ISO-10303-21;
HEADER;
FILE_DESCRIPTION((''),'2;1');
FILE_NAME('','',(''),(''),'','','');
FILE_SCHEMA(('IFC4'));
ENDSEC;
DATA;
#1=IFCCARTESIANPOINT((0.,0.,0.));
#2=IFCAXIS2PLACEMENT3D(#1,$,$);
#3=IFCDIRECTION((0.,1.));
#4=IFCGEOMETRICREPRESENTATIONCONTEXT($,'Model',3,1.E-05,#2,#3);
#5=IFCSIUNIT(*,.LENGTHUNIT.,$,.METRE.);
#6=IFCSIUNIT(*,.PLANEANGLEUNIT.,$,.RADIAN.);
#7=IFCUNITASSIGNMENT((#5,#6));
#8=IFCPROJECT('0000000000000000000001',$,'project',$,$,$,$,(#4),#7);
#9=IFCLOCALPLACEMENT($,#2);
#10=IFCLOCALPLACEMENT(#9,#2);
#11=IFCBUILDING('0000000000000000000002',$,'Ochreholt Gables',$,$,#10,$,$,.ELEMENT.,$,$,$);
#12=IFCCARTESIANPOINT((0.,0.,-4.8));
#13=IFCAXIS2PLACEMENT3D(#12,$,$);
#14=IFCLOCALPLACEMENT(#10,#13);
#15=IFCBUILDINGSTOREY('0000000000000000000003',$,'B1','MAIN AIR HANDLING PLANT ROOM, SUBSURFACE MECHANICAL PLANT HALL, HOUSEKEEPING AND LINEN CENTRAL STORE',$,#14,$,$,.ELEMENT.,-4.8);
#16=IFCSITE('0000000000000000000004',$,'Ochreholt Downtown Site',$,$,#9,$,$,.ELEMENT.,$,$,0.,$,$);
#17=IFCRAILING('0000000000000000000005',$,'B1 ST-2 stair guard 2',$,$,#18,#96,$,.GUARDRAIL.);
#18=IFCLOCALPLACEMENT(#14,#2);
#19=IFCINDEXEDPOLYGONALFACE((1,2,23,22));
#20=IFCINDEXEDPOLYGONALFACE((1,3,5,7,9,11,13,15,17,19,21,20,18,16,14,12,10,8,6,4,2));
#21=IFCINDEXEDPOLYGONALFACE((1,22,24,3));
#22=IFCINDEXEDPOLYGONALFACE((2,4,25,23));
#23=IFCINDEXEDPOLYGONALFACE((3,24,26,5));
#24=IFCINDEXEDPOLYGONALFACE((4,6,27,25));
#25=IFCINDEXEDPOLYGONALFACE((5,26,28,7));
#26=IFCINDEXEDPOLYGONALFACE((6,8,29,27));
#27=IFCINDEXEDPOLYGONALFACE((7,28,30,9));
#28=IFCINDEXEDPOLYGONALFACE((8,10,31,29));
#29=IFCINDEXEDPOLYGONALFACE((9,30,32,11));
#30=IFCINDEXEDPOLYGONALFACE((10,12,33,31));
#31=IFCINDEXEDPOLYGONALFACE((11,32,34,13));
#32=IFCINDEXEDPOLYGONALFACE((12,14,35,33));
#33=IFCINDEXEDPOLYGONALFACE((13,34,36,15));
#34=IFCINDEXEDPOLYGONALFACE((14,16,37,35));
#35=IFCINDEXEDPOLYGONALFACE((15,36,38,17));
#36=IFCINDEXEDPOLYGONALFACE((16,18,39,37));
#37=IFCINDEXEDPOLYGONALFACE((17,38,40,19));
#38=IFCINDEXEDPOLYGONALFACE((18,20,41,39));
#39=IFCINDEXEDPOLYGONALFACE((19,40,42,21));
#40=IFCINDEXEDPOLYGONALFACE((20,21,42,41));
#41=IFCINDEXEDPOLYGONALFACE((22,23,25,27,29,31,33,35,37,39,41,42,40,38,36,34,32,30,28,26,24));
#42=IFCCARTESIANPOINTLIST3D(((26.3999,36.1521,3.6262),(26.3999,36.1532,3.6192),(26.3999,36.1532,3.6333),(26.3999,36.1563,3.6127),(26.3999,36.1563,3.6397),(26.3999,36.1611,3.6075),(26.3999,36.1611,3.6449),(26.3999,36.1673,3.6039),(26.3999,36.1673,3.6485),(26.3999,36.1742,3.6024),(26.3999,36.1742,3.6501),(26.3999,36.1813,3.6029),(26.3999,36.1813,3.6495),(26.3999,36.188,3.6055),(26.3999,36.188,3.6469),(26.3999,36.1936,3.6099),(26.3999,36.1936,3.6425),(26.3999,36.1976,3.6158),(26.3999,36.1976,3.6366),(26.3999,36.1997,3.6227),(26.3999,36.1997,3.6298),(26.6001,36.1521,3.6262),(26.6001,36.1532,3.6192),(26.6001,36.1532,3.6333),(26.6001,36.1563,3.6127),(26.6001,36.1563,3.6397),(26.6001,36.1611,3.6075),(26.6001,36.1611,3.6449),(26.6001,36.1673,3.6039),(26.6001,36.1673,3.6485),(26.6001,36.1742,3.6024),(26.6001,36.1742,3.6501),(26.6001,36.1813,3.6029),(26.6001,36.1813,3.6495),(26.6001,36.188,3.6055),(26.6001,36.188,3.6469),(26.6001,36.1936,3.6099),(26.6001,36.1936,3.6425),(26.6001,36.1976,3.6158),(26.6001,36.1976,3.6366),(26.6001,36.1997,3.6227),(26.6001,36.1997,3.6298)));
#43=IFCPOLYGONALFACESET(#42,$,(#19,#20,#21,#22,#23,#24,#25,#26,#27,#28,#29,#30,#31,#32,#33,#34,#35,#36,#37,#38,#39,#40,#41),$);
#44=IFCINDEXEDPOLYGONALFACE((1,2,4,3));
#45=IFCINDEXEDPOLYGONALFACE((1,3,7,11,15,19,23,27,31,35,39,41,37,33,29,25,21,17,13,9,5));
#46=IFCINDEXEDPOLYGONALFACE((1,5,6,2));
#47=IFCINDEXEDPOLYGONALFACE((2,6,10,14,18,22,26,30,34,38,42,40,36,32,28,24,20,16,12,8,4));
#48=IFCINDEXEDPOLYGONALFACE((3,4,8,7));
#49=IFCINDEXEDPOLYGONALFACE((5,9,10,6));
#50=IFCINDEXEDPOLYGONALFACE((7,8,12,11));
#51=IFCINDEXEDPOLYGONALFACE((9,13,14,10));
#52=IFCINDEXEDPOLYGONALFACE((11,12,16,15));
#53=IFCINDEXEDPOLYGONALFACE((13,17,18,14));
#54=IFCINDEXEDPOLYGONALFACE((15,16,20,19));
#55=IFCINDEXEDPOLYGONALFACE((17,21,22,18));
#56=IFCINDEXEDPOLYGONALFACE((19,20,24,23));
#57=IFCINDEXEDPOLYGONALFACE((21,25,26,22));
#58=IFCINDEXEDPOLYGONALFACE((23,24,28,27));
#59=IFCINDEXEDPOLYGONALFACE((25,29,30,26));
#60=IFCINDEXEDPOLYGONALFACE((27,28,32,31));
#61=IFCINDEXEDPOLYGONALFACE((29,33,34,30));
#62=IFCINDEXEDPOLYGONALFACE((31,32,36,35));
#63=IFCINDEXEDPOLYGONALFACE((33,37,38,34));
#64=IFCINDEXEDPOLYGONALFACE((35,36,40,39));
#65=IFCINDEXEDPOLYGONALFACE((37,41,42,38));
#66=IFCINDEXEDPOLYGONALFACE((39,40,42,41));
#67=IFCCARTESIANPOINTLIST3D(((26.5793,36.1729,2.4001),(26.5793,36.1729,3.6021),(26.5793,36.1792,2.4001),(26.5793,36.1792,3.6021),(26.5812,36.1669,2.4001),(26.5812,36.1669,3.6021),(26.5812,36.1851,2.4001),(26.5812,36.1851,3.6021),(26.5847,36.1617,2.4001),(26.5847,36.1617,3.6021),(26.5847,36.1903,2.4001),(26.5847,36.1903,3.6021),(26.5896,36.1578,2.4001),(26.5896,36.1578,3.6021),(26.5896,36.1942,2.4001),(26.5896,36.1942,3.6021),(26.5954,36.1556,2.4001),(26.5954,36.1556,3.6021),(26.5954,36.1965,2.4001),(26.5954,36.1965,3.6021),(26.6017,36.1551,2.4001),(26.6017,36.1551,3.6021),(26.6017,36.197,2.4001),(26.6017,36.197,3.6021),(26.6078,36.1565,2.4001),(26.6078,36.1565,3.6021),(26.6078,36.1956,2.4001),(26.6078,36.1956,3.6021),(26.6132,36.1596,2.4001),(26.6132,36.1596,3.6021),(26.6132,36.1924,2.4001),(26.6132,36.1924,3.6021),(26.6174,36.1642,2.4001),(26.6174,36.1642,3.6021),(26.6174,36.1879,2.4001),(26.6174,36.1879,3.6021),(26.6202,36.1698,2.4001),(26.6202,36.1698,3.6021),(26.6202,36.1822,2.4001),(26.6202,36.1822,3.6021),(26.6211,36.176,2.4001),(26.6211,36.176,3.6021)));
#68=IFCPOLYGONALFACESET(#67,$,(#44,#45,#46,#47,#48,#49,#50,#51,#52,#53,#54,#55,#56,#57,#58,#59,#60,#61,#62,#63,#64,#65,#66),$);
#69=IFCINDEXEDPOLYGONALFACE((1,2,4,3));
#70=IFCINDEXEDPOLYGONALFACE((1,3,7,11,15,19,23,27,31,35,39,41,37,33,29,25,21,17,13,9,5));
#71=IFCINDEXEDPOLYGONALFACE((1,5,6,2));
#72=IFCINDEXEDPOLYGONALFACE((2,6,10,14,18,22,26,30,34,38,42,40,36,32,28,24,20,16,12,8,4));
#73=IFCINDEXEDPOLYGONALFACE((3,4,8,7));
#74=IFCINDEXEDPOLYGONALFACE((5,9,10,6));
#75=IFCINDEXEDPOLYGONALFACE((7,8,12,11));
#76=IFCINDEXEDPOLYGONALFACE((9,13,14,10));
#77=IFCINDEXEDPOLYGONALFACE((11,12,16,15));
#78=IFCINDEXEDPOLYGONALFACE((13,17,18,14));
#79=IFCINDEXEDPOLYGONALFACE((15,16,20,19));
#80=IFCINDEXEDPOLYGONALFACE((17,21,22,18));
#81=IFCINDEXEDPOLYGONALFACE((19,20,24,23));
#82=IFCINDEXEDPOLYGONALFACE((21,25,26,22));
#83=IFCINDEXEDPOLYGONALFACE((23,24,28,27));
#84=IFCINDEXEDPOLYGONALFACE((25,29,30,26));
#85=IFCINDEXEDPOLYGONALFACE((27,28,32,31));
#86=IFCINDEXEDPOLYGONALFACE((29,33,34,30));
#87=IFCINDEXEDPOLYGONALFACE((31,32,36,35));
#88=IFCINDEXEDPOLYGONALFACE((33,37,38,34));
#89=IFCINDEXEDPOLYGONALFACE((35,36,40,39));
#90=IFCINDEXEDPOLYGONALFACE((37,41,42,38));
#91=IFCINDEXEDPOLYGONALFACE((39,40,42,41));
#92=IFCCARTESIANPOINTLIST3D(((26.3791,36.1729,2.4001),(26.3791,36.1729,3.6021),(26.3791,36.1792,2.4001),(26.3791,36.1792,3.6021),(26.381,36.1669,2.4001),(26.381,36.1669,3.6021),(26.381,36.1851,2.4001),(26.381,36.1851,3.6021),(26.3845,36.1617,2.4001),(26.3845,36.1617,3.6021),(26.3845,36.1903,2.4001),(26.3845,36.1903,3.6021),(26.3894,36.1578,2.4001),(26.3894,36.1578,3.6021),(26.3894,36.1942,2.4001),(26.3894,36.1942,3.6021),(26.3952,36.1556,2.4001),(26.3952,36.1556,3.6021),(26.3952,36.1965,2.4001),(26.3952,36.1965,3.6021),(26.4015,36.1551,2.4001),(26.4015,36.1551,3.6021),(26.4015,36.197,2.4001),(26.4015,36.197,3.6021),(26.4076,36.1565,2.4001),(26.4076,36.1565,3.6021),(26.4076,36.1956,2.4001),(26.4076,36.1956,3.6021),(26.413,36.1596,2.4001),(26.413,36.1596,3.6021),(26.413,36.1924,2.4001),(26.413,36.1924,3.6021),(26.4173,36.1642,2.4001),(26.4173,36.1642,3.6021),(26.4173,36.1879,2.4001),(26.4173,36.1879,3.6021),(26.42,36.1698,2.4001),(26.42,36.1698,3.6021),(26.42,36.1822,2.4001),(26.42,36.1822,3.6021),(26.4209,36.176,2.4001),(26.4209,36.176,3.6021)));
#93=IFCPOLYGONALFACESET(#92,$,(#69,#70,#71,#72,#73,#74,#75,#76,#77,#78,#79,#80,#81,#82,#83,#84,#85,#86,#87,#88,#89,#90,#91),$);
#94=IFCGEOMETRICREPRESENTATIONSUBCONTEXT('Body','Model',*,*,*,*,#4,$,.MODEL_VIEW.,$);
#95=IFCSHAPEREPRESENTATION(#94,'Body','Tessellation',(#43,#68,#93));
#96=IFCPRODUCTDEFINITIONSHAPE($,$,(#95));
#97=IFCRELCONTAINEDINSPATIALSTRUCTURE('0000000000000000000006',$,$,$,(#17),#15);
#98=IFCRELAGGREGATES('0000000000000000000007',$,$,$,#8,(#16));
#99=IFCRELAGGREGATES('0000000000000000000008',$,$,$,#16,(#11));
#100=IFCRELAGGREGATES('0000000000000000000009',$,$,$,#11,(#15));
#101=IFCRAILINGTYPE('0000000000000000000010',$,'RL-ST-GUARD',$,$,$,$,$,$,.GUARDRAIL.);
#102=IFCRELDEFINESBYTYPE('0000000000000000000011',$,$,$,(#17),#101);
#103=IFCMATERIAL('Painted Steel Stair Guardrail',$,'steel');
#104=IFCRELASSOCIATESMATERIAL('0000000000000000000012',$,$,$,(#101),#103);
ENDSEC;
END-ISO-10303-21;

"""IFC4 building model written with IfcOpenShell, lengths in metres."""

from ifc_helpers import new_model, si_unit, direction, frame, origin, origin_2d, place, context, subcontext, project, spatial, circle, extrude, material, type_object, element, save


model = new_model("IFC4")

# Units and contexts
model_context = context("Model", 3, precision=1e-05, world=origin(), true_north=direction((0.0, 1.0)))
body_context = subcontext(model_context, "Body", "Model", "MODEL_VIEW")
ifc_project = project(units=[si_unit("LENGTHUNIT", "METRE"), si_unit("PLANEANGLEUNIT", "RADIAN")], contexts=[model_context])

# Site, building, storey
site_placement = place(None, origin())
site = spatial("IfcSite", under=ifc_project, at=site_placement, Name="Ochreholt Downtown Site", CompositionType="ELEMENT", RefElevation=0.0)
building_placement = place(site_placement, origin())
building = spatial("IfcBuilding", under=site, at=building_placement, Name="Ochreholt Gables", CompositionType="ELEMENT")
storey_placement = place(building_placement, frame((0.0, 0.0, -4.8)))
storey = spatial("IfcBuildingStorey", under=building, at=storey_placement, Name="B1", Description="MAIN AIR HANDLING PLANT ROOM, SUBSURFACE MECHANICAL PLANT HALL, HOUSEKEEPING AND LINEN CENTRAL STORE", CompositionType="ELEMENT", Elevation=-4.8)

# Railing
ifc_material_1 = material(Name="Painted Steel Stair Guardrail", Category="steel")
railing_type_1 = type_object("IfcRailingType", Name="RL-ST-GUARD", PredefinedType="GUARDRAIL", material=ifc_material_1)
railing_1_placement = place(storey_placement, frame((26.6001, 36.176, 2.4001)))
element("IfcRailing", 1, at=railing_1_placement, inside=storey, type_object=railing_type_1, Name="B1 ST-2 stair guard 2", PredefinedType="GUARDRAIL", context=body_context, shape_type="SweptSolid", body=[
    extrude(circle(Radius=0.0239, at=origin_2d()), frame((0.0, 0.0, 1.2261), z_axis=(-1.0, 0.0, 0.0), x_axis=(0.0, -1.0, 0.0)), (0.0, 0.0, 1.0), 0.2002),
    extrude(circle(Radius=0.021, at=origin_2d()), origin(), (0.0, 0.0, 1.0), 1.2019),
    extrude(circle(Radius=0.021, at=origin_2d()), frame((-0.2002, 0.0, 0.0)), (0.0, 0.0, 1.0), 1.2019),
])

save(model, "model.ifc")
